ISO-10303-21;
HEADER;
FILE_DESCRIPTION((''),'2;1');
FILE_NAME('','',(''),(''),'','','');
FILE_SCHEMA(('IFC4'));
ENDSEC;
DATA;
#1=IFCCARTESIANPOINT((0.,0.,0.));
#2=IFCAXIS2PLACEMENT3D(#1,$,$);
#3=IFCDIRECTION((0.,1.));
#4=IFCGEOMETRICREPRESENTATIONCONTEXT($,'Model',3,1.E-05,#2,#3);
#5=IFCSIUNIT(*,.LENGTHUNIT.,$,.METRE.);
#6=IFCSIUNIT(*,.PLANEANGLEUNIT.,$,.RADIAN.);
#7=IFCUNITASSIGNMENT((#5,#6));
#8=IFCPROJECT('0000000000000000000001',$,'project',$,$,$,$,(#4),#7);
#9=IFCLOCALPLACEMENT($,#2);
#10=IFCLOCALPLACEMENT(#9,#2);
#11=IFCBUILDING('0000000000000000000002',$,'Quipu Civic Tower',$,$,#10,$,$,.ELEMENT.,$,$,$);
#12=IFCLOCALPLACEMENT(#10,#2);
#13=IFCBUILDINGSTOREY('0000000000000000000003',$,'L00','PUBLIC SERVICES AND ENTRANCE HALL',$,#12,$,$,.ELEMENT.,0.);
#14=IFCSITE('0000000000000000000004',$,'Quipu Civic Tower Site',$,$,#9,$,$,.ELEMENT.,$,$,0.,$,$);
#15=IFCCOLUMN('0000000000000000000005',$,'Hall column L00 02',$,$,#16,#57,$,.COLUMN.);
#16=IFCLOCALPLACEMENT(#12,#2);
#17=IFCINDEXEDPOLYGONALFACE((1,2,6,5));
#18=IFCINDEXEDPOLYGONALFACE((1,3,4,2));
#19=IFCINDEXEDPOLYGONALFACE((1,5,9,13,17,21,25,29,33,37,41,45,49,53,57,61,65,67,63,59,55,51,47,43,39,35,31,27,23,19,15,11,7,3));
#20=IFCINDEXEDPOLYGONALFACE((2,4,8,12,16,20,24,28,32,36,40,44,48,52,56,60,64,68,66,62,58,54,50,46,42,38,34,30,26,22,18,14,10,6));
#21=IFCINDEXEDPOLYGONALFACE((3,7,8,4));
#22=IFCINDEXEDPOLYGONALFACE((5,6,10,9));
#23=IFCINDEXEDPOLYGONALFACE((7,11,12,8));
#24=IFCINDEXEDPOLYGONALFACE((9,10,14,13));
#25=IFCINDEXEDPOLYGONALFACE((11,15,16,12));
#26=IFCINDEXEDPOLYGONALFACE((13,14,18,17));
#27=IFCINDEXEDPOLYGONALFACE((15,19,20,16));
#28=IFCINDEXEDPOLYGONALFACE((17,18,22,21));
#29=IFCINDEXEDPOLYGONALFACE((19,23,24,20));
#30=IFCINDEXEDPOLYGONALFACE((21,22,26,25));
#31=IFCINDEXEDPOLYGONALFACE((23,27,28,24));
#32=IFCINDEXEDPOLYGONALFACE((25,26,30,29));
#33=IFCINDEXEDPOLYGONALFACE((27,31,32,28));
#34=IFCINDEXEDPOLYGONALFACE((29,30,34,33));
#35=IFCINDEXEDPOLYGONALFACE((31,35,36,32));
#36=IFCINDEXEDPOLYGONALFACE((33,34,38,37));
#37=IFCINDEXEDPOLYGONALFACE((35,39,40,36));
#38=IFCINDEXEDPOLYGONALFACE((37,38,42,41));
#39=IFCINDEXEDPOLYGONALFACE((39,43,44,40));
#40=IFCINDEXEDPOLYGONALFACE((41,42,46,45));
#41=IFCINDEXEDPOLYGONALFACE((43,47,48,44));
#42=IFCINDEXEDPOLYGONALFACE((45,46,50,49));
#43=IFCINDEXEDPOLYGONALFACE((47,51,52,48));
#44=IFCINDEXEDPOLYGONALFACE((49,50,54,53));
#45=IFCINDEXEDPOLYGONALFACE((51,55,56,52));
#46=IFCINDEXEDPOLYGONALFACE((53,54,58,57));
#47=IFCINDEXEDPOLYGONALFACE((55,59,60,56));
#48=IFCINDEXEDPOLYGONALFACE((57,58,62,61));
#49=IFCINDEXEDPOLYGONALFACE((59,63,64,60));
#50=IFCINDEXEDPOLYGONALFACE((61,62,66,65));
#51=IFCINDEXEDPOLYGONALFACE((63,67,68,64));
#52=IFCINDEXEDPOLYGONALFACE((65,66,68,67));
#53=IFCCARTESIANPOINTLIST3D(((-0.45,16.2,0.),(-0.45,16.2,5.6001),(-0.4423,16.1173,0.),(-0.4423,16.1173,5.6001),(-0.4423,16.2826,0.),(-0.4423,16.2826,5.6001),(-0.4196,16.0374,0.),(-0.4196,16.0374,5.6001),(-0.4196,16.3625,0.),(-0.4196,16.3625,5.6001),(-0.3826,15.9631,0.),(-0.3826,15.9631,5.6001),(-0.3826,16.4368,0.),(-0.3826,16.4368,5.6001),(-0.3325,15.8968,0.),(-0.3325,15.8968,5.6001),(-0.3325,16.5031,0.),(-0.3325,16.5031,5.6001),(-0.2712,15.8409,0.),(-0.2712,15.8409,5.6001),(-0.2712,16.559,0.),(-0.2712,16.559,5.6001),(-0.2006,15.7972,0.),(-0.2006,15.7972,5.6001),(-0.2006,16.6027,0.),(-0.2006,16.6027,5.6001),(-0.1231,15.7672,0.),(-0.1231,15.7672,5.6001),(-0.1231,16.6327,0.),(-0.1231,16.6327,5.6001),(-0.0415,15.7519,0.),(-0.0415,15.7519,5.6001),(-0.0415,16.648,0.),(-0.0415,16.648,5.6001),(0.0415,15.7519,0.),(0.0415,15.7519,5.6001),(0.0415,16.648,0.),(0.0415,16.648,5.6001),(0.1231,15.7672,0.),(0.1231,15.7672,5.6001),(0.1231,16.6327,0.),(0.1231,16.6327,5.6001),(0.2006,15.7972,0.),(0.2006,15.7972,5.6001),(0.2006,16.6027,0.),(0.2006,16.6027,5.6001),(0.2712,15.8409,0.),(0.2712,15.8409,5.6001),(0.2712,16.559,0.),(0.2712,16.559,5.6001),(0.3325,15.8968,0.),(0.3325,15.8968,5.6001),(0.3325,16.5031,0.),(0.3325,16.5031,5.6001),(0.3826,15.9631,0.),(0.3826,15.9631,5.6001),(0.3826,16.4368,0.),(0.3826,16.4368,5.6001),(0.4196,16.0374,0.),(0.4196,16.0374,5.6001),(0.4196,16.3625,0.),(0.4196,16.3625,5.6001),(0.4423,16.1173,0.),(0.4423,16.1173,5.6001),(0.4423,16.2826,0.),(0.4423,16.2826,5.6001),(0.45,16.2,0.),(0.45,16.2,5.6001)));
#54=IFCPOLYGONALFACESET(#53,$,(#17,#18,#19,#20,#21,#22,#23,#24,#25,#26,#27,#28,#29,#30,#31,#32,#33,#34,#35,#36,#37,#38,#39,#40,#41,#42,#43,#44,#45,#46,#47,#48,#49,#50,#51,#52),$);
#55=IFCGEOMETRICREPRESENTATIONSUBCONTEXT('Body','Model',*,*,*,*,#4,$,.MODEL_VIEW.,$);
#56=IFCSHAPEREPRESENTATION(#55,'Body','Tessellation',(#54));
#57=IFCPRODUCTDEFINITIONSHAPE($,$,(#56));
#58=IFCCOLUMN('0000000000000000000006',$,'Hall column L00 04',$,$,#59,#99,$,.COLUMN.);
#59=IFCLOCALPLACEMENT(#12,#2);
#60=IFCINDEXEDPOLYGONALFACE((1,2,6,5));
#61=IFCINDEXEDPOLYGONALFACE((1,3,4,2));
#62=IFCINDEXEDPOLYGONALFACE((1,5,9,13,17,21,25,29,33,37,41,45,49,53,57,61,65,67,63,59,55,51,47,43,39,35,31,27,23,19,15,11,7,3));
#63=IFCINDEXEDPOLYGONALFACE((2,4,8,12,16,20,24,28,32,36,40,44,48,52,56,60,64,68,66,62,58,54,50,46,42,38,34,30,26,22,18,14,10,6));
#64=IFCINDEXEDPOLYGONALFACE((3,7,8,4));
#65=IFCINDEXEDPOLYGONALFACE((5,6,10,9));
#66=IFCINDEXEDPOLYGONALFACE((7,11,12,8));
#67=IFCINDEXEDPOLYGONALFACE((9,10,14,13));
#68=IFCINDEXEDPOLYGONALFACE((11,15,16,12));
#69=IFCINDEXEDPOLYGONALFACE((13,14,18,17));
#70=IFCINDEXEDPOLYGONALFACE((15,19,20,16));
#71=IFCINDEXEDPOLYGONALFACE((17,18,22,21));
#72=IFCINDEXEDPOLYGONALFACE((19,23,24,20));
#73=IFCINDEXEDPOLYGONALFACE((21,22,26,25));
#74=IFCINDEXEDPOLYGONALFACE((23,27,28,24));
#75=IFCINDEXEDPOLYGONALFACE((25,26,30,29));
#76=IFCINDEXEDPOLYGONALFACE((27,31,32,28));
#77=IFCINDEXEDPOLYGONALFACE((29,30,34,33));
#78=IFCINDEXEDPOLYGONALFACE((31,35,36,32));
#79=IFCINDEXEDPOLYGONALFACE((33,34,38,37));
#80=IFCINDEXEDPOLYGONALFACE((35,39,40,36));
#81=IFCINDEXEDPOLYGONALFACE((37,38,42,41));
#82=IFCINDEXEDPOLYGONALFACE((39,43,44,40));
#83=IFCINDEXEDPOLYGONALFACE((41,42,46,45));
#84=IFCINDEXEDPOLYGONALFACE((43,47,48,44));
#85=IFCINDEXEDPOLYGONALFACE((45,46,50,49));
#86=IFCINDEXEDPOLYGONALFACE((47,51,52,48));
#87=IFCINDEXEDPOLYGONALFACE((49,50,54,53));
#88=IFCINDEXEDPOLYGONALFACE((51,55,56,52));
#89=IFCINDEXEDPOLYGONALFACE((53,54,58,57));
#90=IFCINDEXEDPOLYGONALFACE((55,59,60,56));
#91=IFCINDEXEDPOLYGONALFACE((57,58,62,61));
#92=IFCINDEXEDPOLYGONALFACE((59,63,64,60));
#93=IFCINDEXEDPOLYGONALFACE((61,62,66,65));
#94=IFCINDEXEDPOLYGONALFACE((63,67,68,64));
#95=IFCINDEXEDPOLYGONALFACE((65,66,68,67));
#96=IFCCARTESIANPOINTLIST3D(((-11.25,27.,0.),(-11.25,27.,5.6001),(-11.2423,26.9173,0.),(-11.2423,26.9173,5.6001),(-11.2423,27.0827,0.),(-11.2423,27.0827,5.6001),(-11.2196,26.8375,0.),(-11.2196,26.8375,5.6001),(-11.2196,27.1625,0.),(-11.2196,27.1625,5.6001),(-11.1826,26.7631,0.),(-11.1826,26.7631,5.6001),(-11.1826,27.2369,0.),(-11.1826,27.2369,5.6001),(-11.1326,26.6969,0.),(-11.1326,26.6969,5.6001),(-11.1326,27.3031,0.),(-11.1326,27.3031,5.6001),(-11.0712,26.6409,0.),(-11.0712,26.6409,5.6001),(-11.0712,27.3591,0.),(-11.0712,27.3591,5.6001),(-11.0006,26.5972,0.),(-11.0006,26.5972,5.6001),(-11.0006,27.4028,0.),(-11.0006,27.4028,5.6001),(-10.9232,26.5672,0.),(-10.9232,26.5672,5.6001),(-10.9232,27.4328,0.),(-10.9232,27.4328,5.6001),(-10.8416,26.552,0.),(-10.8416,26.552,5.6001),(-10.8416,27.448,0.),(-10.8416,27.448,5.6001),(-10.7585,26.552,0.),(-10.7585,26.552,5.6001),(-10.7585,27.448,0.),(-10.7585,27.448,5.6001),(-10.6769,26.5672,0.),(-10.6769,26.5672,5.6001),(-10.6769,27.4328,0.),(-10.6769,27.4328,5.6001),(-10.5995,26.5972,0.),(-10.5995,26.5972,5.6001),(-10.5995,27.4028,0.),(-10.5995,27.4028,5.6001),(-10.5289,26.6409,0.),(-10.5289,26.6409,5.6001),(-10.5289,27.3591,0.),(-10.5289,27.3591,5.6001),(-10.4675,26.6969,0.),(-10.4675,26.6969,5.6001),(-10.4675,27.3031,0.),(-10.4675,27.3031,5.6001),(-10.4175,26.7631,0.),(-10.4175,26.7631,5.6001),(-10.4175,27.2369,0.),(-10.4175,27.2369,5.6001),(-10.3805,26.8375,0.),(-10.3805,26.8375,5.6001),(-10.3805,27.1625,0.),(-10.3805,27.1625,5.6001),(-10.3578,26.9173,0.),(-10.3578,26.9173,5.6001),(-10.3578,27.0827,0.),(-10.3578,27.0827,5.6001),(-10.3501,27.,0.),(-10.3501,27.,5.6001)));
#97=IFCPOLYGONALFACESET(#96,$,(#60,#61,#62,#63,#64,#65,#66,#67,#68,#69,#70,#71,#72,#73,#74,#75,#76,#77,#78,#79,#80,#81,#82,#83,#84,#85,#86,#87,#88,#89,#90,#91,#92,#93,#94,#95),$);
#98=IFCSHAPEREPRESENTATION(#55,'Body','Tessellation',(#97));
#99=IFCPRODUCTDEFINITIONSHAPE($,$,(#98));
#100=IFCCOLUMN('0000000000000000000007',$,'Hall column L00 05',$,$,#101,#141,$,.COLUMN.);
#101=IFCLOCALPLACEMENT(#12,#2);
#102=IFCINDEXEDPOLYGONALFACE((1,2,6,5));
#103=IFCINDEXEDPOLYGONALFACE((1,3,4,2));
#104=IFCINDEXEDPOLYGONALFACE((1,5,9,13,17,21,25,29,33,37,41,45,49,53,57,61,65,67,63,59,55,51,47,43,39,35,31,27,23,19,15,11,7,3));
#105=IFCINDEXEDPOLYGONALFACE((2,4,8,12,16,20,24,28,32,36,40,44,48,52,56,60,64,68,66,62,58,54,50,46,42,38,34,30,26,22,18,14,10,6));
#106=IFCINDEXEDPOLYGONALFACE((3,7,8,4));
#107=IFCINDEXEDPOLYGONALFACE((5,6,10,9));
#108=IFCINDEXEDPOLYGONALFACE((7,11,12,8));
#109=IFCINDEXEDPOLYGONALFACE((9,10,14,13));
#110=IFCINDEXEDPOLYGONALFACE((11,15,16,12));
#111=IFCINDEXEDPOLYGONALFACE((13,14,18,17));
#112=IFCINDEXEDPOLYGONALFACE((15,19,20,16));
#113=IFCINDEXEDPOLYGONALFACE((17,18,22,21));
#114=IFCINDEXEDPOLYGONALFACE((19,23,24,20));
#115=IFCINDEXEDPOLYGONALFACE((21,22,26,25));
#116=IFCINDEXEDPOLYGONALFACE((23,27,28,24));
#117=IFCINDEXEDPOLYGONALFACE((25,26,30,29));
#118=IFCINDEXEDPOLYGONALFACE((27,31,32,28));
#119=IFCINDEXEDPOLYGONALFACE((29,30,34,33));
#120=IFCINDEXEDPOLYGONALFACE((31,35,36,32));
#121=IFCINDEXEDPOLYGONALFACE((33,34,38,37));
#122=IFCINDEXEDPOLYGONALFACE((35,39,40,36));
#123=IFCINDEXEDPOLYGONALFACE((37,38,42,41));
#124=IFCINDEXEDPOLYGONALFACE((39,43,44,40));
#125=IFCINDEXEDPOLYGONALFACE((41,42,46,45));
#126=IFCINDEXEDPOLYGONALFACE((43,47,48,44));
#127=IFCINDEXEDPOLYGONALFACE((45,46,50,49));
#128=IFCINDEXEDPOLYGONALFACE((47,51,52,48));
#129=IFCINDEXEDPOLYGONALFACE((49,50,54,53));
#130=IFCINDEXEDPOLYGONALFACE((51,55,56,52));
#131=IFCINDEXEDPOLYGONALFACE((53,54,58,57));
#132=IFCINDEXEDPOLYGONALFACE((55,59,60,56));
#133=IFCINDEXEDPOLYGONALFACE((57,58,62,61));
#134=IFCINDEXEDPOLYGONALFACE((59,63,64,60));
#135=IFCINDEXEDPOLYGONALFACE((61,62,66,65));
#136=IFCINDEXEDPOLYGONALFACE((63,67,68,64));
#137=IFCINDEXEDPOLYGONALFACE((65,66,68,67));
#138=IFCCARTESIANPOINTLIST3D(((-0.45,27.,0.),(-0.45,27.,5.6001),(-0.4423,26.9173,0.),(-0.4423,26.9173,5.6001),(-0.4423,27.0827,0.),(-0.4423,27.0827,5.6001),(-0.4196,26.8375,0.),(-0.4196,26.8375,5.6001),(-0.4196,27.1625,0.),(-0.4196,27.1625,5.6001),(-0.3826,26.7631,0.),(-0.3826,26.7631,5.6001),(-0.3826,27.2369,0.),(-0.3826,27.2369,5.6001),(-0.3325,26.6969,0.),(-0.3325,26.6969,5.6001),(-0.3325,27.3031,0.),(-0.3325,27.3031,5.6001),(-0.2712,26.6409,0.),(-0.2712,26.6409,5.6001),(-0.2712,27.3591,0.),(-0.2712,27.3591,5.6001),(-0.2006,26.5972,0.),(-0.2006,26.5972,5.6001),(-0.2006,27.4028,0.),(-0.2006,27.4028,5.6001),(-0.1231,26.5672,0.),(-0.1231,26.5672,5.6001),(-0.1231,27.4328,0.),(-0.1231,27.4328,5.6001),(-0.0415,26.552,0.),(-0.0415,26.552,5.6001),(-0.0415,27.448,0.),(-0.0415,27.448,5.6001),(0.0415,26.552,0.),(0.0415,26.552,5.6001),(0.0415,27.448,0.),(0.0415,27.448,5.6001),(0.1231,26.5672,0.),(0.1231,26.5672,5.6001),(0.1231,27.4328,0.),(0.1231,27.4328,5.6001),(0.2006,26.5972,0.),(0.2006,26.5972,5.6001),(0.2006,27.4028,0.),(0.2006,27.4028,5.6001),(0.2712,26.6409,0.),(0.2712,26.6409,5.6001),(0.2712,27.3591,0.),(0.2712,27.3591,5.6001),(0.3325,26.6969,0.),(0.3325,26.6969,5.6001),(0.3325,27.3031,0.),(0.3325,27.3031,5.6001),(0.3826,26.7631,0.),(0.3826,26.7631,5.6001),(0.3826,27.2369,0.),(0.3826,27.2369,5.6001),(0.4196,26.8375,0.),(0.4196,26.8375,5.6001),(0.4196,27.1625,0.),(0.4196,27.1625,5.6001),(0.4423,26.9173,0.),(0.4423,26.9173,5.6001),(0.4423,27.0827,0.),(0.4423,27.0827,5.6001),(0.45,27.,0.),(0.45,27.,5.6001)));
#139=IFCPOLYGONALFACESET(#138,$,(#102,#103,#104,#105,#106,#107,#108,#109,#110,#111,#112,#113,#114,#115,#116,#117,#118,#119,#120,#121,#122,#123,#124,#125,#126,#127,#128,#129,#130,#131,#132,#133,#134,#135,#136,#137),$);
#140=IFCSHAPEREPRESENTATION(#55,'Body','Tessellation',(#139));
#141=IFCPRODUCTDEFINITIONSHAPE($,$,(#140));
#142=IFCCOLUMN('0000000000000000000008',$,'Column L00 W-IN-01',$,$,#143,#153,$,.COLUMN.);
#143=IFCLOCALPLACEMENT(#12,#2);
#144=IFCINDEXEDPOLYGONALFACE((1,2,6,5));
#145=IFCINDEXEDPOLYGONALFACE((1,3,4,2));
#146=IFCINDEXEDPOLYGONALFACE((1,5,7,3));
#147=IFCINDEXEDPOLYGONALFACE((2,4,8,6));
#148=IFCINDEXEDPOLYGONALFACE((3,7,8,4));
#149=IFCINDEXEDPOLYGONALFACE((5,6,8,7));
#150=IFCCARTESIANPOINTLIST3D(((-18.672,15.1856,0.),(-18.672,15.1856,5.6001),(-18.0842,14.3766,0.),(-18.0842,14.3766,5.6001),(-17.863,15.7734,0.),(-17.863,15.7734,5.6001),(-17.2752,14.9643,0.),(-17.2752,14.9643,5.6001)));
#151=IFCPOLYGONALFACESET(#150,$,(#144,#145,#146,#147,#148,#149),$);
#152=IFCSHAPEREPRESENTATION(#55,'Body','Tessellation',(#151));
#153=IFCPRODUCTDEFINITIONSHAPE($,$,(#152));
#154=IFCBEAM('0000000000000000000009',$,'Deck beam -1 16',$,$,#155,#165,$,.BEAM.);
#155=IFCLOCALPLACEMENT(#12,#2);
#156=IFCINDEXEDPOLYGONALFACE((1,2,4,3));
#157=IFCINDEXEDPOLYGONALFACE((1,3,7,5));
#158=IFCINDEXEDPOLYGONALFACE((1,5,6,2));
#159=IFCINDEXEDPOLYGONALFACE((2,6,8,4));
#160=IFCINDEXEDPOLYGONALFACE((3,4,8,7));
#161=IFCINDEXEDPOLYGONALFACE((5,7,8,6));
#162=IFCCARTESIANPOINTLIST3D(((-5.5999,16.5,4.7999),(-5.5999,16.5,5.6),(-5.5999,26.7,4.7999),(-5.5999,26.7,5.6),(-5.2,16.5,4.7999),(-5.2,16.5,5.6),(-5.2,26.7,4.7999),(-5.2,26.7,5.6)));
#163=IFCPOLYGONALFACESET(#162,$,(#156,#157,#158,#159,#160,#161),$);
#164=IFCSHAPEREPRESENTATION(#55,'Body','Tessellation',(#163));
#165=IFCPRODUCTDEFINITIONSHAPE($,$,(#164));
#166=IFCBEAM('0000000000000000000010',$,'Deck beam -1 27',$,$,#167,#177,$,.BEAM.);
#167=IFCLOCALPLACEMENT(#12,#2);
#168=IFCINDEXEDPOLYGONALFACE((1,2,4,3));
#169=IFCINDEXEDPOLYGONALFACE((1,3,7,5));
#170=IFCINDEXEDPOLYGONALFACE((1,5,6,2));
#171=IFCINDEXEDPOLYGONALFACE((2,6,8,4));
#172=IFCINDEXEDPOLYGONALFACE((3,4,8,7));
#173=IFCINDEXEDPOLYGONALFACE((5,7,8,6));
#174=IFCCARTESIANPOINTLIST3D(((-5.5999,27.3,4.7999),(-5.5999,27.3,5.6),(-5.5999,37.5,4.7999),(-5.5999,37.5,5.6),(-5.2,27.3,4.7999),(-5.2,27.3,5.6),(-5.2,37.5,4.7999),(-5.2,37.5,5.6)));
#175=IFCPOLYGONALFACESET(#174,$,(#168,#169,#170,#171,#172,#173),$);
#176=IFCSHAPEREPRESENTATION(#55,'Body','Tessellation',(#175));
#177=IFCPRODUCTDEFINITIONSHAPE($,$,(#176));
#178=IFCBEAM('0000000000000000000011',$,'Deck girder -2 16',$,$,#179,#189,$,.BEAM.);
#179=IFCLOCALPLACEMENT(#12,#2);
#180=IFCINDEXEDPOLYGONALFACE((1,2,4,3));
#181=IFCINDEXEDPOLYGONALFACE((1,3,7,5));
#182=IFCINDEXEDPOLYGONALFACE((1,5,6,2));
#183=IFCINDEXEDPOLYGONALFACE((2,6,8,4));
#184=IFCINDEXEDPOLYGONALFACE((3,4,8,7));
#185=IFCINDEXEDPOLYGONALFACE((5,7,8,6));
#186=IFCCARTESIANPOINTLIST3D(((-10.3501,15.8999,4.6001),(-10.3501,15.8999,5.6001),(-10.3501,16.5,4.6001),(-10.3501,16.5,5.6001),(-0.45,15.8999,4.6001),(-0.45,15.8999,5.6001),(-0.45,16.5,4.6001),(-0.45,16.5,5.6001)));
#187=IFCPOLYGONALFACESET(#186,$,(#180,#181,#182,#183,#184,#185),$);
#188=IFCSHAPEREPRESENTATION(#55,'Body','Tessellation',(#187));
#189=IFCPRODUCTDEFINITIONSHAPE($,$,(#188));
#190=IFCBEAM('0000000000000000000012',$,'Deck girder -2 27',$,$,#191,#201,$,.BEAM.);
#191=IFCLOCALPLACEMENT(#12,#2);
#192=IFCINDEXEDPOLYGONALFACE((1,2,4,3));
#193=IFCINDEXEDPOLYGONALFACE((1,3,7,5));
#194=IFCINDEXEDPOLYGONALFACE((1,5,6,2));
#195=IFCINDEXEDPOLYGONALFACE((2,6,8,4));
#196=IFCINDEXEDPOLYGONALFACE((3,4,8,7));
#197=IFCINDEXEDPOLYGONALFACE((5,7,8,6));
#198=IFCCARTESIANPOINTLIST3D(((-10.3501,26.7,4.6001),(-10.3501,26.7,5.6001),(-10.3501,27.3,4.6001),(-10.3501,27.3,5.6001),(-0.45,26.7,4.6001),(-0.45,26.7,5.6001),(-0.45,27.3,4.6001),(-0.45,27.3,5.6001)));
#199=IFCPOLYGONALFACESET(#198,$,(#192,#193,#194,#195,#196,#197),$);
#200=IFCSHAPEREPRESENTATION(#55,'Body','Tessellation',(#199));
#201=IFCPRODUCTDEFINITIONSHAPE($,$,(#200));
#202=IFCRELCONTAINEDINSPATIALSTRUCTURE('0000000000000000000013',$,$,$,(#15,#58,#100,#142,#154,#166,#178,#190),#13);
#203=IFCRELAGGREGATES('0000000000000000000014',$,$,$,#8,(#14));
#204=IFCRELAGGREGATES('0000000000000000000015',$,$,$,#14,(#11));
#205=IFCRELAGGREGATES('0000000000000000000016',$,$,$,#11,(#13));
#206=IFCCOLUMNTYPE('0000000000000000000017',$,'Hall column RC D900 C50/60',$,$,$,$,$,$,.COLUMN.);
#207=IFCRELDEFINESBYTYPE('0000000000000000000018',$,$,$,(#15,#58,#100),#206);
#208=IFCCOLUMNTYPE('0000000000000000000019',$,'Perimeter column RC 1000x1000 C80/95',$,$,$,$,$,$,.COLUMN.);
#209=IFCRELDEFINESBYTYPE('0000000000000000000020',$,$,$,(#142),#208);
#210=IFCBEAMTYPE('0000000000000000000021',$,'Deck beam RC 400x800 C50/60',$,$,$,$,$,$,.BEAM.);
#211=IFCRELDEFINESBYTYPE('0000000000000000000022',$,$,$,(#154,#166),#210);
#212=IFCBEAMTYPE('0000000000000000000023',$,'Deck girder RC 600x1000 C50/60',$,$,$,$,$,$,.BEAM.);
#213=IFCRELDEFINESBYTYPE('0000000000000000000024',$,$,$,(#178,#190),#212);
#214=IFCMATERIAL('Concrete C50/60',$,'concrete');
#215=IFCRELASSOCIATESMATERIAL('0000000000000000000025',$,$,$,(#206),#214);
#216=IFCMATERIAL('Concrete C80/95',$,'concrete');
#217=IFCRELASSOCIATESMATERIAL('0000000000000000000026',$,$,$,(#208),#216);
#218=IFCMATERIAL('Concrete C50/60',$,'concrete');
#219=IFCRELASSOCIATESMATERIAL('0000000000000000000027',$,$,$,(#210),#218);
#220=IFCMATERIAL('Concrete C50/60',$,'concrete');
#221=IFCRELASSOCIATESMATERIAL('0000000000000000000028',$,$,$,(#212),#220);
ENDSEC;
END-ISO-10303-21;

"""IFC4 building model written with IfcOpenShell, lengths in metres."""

from ifc_helpers import new_model, si_unit, direction, frame, origin, origin_2d, place, context, subcontext, project, spatial, rectangle, circle, extrude, material, material_profile, profile_set, type_object, element, save


model = new_model("IFC4")

# Units and contexts
model_context = context("Model", 3, precision=1e-05, world=origin(), true_north=direction((0.0, 1.0)))
body_context = subcontext(model_context, "Body", "Model", "MODEL_VIEW")
ifc_project = project(units=[si_unit("LENGTHUNIT", "METRE"), si_unit("PLANEANGLEUNIT", "RADIAN")], contexts=[model_context])

# Site, building, storey
site_placement = place(None, origin())
site = spatial("IfcSite", under=ifc_project, at=site_placement, Name="Quipu Civic Tower Site", CompositionType="ELEMENT", RefElevation=0.0)
building_placement = place(site_placement, origin())
building = spatial("IfcBuilding", under=site, at=building_placement, Name="Quipu Civic Tower", CompositionType="ELEMENT")
storey_placement = place(building_placement, origin())
storey = spatial("IfcBuildingStorey", under=building, at=storey_placement, Name="L00", Description="PUBLIC SERVICES AND ENTRANCE HALL", CompositionType="ELEMENT", Elevation=0.0)

# Columns
ifc_material_1 = material(Name="Concrete C50/60", Category="concrete")
ifc_material_profile_1 = material_profile(ifc_material_1, circle(Radius=0.45, at=origin_2d()), Name="RCD900")
ifc_profile_set_1 = profile_set([ifc_material_profile_1], Name="Concrete C50/60")
column_type_1 = type_object("IfcColumnType", Name="Hall column RC D900 C50/60", PredefinedType="COLUMN", material=ifc_profile_set_1)
for number, where, z_axis, x_axis, name in (
    (1, (0.0, 16.2, 0.0), (0.0, 0.0, 1.0), (1.0, 0.0, 0.0), "Hall column L00 02"),
    (2, (-10.8, 27.0, 0.0), (0.0, 0.0, 1.0), (1.0, 0.0, 0.0), "Hall column L00 04"),
    (3, (0.0, 27.0, 0.0), (0.0, 0.0, 1.0), (1.0, 0.0, 0.0), "Hall column L00 05"),
):
    element("IfcColumn", number, at=place(storey_placement, frame(where, z_axis=z_axis, x_axis=x_axis)), inside=storey, type_object=column_type_1, Name=name, PredefinedType="COLUMN", context=body_context, shape_type="SweptSolid", body=[
        extrude(circle(Radius=0.45, at=origin_2d()), origin(), (0.0, 0.0, 1.0), 5.6001),
    ])
ifc_material_2 = material(Name="Concrete C80/95", Category="concrete")
ifc_material_profile_2 = material_profile(ifc_material_2, rectangle(XDim=1.0, YDim=1.0, at=origin_2d()), Name="RC1000x1000")
ifc_profile_set_2 = profile_set([ifc_material_profile_2], Name="Concrete C80/95")
column_type_2 = type_object("IfcColumnType", Name="Perimeter column RC 1000x1000 C80/95", PredefinedType="COLUMN", material=ifc_profile_set_2)
column_placement = place(storey_placement, frame((-17.9736, 15.075, 0.0), z_axis=(0.0, 0.0, 1.0), x_axis=(-0.587785, 0.809017, 0.0)))
element("IfcColumn", 4, at=column_placement, inside=storey, type_object=column_type_2, Name="Column L00 W-IN-01", PredefinedType="COLUMN", context=body_context, shape_type="SweptSolid", body=[
    extrude(rectangle(XDim=1.0, YDim=1.0, at=origin_2d()), origin(), (0.0, 0.0, 1.0), 5.6001),
])

# Beams
ifc_material_3 = material(Name="Concrete C50/60", Category="concrete")
ifc_material_profile_3 = material_profile(ifc_material_3, rectangle(XDim=0.3999, YDim=0.8, at=origin_2d()), Name="RC400x800")
ifc_profile_set_3 = profile_set([ifc_material_profile_3], Name="Concrete C50/60")
beam_type_1 = type_object("IfcBeamType", Name="Deck beam RC 400x800 C50/60", PredefinedType="BEAM", material=ifc_profile_set_3)
for number, where, z_axis, x_axis, name in (
    (5, (-5.3999, 16.5, 5.2), (0.0, 1.0, 0.0), (-1.0, 0.0, 0.0), "Deck beam -1 16"),
    (6, (-5.3999, 27.3, 5.2), (0.0, 1.0, 0.0), (-1.0, 0.0, 0.0), "Deck beam -1 27"),
):
    element("IfcBeam", number, at=place(storey_placement, frame(where, z_axis=z_axis, x_axis=x_axis)), inside=storey, type_object=beam_type_1, Name=name, PredefinedType="BEAM", context=body_context, shape_type="SweptSolid", body=[
        extrude(rectangle(XDim=0.3999, YDim=0.8, at=origin_2d()), origin(), (0.0, 0.0, 1.0), 10.2),
    ])
ifc_material_4 = material(Name="Concrete C50/60", Category="concrete")
ifc_material_profile_4 = material_profile(ifc_material_4, rectangle(XDim=0.6001, YDim=1.0, at=origin_2d()), Name="RC600x1000")
ifc_profile_set_4 = profile_set([ifc_material_profile_4], Name="Concrete C50/60")
beam_type_2 = type_object("IfcBeamType", Name="Deck girder RC 600x1000 C50/60", PredefinedType="BEAM", material=ifc_profile_set_4)
for number, where, z_axis, x_axis, name in (
    (7, (-10.3501, 16.2, 5.1001), (1.0, 0.0, 0.0), (0.0, 1.0, 0.0), "Deck girder -2 16"),
    (8, (-10.3501, 27.0, 5.1001), (1.0, 0.0, 0.0), (0.0, 1.0, 0.0), "Deck girder -2 27"),
):
    element("IfcBeam", number, at=place(storey_placement, frame(where, z_axis=z_axis, x_axis=x_axis)), inside=storey, type_object=beam_type_2, Name=name, PredefinedType="BEAM", context=body_context, shape_type="SweptSolid", body=[
        extrude(rectangle(XDim=0.6001, YDim=1.0, at=origin_2d()), origin(), (0.0, 0.0, 1.0), 9.9001),
    ])

save(model, "model.ifc")
